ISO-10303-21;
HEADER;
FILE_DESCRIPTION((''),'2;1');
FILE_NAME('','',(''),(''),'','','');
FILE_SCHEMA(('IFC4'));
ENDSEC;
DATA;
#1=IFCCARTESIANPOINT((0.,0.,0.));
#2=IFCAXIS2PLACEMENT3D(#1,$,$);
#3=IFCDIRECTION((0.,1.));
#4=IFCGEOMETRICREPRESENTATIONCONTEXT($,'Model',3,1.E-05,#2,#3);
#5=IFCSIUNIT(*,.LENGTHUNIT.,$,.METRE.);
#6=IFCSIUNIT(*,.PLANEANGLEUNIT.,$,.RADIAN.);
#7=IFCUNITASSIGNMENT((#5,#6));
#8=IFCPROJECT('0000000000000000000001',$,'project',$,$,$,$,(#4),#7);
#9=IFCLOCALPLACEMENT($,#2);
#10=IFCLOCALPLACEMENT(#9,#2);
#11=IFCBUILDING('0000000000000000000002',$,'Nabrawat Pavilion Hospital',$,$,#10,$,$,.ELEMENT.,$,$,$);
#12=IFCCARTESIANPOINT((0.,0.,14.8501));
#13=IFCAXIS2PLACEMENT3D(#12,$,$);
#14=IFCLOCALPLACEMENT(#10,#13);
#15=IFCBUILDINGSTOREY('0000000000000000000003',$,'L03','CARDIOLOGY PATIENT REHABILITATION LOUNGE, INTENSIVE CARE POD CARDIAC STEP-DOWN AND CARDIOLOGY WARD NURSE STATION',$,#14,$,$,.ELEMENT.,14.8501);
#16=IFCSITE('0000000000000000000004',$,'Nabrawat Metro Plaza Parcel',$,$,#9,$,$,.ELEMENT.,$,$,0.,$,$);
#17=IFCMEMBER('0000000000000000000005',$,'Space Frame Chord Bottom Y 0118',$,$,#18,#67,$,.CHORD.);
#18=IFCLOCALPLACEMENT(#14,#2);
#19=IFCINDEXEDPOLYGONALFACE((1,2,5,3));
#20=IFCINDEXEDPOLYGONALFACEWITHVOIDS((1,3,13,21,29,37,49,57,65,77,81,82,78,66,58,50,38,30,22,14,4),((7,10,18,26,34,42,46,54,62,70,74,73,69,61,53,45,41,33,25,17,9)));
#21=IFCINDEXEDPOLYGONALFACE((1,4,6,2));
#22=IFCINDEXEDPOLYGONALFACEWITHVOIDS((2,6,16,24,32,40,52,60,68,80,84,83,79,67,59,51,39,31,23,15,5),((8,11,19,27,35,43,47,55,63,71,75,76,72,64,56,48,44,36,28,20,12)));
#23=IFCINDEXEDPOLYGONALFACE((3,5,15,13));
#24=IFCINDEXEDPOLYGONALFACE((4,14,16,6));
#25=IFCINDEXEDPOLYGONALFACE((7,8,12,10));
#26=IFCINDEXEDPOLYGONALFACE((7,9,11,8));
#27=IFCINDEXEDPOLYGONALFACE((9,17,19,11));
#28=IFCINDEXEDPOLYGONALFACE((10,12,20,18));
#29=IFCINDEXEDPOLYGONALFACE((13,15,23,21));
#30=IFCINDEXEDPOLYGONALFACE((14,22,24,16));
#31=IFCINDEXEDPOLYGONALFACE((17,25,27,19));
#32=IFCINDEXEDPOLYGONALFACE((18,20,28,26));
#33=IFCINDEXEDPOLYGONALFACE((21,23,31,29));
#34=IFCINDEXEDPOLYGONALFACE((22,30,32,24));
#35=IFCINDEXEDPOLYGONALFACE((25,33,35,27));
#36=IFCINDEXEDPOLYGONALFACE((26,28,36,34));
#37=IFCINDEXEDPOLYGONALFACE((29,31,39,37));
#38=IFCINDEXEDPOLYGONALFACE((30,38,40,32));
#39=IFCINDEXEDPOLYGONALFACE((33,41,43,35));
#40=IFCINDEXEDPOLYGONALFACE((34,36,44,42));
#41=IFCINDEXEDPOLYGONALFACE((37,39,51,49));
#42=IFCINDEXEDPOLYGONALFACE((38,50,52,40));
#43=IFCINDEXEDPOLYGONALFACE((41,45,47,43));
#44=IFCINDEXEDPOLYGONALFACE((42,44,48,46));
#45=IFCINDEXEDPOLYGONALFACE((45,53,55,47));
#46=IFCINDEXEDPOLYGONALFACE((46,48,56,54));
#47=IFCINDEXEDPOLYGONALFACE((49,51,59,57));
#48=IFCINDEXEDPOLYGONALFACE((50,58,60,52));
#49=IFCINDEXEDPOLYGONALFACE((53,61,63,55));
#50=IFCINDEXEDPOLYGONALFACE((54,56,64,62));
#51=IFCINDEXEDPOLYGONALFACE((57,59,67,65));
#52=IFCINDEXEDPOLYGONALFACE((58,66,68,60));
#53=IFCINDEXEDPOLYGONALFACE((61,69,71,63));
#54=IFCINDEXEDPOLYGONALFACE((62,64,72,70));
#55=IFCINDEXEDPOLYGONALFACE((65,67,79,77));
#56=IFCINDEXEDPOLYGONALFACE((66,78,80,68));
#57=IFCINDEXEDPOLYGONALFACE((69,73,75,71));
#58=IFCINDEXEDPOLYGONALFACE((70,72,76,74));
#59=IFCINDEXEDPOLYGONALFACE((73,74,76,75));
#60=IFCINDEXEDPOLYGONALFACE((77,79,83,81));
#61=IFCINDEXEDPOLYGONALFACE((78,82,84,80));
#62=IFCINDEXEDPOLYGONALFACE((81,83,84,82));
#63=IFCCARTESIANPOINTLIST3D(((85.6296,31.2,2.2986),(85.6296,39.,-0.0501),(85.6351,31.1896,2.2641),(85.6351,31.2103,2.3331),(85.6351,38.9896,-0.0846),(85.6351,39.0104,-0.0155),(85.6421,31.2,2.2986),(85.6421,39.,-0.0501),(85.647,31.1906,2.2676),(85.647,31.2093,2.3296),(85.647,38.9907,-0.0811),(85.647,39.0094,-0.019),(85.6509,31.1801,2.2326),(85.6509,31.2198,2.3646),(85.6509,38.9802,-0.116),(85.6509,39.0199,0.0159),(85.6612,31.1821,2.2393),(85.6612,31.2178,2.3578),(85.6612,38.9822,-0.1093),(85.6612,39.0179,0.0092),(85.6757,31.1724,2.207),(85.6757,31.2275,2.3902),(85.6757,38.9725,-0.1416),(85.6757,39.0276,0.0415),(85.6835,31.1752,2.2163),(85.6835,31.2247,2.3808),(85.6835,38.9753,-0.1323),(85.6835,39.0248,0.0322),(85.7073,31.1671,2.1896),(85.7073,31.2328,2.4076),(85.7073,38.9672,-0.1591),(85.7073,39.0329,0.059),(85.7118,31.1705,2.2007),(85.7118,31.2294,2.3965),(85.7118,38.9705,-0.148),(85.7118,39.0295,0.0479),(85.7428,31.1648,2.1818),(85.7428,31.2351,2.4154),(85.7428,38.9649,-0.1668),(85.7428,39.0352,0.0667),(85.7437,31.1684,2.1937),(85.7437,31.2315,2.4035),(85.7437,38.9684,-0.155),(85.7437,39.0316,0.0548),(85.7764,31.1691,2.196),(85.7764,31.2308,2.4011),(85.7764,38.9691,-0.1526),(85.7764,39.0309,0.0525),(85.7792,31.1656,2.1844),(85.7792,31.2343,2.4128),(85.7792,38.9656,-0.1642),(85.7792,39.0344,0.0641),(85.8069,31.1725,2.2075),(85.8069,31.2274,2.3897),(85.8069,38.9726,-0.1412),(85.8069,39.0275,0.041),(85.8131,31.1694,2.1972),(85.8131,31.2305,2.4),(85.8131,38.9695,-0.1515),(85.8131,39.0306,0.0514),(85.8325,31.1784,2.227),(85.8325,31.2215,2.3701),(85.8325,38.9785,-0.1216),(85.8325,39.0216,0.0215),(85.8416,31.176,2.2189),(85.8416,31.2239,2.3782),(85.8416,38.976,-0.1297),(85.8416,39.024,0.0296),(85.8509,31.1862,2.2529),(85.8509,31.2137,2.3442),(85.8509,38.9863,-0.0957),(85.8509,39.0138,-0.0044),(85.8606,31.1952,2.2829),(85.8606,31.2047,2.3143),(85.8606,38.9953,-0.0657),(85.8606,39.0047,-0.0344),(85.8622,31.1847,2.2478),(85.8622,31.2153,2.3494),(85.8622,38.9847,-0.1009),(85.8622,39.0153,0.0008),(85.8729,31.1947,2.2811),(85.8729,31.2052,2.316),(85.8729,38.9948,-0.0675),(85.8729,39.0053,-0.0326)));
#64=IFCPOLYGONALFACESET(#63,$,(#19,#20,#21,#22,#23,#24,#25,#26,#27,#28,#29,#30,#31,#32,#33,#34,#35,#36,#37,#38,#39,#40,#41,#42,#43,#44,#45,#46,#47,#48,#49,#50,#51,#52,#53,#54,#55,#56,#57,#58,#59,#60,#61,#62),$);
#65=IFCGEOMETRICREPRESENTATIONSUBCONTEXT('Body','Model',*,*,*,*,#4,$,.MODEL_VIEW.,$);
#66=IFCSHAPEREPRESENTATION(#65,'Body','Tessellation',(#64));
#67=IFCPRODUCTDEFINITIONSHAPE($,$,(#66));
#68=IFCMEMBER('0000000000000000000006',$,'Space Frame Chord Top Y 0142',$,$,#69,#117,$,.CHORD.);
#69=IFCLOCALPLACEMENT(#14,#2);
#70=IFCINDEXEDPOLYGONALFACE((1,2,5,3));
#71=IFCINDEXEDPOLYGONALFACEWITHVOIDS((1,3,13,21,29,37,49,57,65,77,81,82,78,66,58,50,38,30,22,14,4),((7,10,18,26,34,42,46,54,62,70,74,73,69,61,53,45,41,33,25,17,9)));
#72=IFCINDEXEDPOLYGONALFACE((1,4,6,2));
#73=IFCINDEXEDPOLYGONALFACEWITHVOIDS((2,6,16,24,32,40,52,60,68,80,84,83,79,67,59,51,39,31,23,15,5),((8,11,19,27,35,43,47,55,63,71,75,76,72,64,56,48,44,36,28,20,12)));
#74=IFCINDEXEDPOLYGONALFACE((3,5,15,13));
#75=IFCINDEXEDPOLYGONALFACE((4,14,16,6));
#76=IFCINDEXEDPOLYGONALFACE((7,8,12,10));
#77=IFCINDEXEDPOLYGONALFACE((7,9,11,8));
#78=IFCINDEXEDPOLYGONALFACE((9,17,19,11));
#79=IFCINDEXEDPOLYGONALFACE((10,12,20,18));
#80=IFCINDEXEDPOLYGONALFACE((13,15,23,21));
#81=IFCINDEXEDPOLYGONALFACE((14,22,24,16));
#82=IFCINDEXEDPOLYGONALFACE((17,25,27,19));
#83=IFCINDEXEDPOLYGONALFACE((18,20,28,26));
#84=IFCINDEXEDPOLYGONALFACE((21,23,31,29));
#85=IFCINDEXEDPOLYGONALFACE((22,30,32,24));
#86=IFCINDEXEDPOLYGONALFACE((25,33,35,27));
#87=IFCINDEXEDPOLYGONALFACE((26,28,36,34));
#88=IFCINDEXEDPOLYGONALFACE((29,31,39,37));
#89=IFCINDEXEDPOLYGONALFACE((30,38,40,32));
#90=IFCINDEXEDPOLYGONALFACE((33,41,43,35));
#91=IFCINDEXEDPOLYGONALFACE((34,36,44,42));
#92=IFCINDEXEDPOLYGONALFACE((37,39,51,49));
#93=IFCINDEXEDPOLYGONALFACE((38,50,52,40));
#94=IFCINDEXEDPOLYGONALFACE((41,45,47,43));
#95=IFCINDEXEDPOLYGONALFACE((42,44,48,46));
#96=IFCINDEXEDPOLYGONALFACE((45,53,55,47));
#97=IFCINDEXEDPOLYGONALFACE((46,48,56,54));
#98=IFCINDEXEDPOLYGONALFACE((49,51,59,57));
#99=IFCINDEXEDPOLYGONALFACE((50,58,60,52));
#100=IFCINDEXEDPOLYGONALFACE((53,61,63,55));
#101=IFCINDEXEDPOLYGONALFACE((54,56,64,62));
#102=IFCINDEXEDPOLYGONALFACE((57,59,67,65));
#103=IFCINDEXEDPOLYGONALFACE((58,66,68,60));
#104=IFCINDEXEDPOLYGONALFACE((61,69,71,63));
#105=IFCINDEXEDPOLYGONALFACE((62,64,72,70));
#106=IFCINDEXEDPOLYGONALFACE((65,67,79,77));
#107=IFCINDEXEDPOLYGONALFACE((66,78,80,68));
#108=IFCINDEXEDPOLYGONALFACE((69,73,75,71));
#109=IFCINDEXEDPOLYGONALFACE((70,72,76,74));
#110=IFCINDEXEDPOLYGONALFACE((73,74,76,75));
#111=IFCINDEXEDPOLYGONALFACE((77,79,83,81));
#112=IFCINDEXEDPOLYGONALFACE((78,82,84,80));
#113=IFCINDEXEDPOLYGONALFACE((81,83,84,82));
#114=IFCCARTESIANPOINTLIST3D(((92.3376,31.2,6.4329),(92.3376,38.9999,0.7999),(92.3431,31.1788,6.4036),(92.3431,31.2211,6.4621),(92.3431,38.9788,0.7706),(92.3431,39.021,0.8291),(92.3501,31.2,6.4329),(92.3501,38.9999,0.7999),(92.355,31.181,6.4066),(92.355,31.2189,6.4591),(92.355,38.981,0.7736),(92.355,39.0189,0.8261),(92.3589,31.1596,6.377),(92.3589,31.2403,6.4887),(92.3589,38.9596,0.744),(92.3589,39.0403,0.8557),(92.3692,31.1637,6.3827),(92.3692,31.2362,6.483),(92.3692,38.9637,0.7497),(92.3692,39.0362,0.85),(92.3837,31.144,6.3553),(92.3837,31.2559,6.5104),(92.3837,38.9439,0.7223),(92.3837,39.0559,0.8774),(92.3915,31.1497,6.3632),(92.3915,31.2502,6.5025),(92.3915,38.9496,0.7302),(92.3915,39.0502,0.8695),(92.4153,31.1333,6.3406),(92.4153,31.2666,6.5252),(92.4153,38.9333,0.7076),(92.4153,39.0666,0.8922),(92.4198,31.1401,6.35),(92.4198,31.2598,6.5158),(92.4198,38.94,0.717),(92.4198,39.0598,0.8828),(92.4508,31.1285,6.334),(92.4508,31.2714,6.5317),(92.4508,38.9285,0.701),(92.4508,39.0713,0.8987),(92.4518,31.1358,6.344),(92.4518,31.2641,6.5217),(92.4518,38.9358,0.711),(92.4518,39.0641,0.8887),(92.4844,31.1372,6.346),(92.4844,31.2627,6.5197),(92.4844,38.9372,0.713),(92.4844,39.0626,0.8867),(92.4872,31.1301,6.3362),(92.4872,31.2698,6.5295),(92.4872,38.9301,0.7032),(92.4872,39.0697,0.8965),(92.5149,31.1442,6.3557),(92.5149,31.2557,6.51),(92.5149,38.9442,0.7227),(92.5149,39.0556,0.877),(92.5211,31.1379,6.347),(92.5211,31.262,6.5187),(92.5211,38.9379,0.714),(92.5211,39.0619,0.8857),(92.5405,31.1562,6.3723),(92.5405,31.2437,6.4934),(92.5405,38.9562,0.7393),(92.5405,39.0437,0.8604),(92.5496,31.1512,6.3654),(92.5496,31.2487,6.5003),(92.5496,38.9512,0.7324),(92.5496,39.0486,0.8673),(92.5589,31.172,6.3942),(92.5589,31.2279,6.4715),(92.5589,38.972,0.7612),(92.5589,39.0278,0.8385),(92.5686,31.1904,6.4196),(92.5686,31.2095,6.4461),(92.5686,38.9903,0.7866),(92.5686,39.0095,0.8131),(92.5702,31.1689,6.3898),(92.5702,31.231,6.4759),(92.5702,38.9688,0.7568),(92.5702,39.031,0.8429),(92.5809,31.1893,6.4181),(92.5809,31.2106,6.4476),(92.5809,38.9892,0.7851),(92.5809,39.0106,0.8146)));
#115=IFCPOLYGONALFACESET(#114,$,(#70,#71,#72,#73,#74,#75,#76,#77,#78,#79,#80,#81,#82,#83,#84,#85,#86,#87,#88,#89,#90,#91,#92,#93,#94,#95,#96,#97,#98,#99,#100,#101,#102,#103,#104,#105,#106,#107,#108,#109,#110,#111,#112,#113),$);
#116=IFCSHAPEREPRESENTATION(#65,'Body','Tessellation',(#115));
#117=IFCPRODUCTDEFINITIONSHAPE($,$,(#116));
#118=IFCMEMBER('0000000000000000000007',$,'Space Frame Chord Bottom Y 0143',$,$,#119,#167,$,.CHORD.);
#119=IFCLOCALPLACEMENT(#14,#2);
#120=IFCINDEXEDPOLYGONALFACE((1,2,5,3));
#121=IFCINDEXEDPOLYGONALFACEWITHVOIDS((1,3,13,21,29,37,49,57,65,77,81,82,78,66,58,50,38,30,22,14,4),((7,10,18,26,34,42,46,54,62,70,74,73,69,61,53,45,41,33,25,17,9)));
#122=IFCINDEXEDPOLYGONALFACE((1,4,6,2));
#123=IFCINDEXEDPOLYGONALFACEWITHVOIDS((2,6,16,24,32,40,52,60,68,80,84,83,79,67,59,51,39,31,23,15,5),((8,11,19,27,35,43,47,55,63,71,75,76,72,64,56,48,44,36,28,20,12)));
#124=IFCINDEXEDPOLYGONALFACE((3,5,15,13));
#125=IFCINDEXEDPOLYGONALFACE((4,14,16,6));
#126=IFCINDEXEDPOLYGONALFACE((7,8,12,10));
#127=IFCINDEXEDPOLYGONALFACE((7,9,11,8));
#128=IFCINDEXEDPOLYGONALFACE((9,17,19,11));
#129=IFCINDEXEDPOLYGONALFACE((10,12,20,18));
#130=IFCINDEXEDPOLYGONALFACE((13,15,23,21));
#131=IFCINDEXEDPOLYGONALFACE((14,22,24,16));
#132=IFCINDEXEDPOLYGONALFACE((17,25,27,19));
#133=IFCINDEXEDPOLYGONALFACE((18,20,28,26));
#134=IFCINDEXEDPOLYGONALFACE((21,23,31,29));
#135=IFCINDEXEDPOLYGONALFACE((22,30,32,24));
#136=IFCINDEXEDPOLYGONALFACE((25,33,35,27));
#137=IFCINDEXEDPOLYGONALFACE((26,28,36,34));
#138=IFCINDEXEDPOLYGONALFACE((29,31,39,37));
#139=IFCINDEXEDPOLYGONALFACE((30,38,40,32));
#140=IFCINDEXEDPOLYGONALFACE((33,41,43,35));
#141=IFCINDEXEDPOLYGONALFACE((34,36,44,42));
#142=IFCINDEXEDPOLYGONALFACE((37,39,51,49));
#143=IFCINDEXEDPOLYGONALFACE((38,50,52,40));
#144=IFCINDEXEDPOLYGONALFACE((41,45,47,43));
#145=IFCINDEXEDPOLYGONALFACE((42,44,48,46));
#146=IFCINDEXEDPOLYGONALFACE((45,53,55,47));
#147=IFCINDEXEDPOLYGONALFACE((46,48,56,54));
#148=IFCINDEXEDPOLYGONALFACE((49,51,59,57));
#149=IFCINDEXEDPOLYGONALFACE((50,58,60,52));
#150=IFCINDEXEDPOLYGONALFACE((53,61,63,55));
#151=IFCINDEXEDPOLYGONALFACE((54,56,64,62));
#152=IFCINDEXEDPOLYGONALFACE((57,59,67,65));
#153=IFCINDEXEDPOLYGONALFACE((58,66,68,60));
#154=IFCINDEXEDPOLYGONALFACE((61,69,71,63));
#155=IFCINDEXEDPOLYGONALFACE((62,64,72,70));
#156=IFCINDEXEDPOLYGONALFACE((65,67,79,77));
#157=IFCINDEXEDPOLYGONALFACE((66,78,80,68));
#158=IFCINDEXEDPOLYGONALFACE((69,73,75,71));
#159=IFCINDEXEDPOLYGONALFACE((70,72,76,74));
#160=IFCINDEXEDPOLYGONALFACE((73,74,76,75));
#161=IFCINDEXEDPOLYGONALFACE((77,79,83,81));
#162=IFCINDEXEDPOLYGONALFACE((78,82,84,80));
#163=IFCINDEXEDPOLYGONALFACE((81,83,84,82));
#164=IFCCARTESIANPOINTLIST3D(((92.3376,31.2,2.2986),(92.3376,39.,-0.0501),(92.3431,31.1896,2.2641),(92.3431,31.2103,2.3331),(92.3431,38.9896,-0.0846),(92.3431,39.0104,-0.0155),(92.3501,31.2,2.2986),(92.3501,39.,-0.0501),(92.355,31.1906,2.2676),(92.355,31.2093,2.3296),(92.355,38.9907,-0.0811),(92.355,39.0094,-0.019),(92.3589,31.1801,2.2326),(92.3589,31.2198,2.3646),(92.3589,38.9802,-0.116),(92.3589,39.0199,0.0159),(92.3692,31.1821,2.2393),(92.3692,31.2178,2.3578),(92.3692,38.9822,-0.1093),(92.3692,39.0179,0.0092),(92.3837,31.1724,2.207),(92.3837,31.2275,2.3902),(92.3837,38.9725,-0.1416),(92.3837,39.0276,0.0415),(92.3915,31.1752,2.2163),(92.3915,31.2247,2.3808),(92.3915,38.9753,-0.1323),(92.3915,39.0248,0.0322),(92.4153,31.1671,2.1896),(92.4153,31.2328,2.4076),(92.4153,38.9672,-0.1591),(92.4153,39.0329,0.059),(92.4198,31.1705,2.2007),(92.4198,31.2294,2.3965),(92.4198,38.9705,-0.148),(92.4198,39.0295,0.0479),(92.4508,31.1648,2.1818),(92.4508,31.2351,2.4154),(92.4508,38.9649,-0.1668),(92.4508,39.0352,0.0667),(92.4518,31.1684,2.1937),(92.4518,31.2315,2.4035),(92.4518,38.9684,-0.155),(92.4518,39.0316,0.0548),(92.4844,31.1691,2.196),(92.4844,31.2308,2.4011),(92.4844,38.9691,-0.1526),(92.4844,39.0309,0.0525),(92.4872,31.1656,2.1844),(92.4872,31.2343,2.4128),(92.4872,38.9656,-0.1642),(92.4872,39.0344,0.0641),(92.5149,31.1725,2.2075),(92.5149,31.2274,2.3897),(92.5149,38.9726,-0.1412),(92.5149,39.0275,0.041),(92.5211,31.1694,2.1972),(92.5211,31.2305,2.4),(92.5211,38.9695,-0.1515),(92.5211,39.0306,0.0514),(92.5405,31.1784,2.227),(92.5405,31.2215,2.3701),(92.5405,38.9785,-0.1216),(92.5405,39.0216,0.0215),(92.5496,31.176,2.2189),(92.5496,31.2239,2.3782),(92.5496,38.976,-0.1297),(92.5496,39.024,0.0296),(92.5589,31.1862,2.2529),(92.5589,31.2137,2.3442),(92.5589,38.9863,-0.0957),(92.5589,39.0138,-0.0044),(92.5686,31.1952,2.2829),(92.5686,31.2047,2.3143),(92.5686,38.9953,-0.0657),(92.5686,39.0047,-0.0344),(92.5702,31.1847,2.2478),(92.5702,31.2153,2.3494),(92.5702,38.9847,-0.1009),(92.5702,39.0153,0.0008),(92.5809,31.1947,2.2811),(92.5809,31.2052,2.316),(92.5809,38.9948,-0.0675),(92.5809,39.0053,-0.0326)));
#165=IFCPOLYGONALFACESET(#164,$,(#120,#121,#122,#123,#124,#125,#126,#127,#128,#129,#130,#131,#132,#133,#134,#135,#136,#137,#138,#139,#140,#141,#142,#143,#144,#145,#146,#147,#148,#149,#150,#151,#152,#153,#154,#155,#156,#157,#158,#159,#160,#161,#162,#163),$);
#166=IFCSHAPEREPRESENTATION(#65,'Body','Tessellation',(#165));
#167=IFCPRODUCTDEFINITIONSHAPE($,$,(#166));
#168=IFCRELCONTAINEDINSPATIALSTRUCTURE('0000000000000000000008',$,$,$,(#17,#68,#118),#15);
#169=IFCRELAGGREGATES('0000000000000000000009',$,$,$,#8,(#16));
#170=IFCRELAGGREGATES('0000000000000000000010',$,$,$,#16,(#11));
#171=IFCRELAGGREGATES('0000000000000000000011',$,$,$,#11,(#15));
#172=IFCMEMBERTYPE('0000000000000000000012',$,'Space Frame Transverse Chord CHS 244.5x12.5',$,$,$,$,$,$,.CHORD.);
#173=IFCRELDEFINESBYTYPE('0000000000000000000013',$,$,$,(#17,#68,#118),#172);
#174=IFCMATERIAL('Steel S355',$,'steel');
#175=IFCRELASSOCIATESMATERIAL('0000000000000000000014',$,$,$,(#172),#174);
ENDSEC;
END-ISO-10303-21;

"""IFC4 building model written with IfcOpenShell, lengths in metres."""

from ifc_helpers import new_model, si_unit, direction, frame, origin, origin_2d, place, context, subcontext, project, spatial, hollow_circle, extrude, material, material_profile, profile_set, type_object, element, save


model = new_model("IFC4")

# Units and contexts
model_context = context("Model", 3, precision=1e-05, world=origin(), true_north=direction((0.0, 1.0)))
body_context = subcontext(model_context, "Body", "Model", "MODEL_VIEW")
ifc_project = project(units=[si_unit("LENGTHUNIT", "METRE"), si_unit("PLANEANGLEUNIT", "RADIAN")], contexts=[model_context])

# Site, building, storey
site_placement = place(None, origin())
site = spatial("IfcSite", under=ifc_project, at=site_placement, Name="Nabrawat Metro Plaza Parcel", CompositionType="ELEMENT", RefElevation=0.0)
building_placement = place(site_placement, origin())
building = spatial("IfcBuilding", under=site, at=building_placement, Name="Nabrawat Pavilion Hospital", CompositionType="ELEMENT")
storey_placement = place(building_placement, frame((0.0, 0.0, 14.8501)))
storey = spatial("IfcBuildingStorey", under=building, at=storey_placement, Name="L03", Description="CARDIOLOGY PATIENT REHABILITATION LOUNGE, INTENSIVE CARE POD CARDIAC STEP-DOWN AND CARDIOLOGY WARD NURSE STATION", CompositionType="ELEMENT", Elevation=14.8501)

# Members
ifc_material = material(Name="Steel S355", Category="steel")
ifc_material_profile_1 = material_profile(ifc_material, hollow_circle(Radius=0.1223, WallThickness=0.0125, at=origin_2d()), Name="CHS 244.5x12.5")
ifc_profile_set_1 = profile_set([ifc_material_profile_1], Name="Steel S355")
member_type_1 = type_object("IfcMemberType", Name="Space Frame Transverse Chord CHS 244.5x12.5", PredefinedType="CHORD", material=ifc_profile_set_1)
member_1_placement = place(storey_placement, frame((85.752, 31.2, 2.2986), z_axis=(0.0, 0.957535, -0.288318), x_axis=(-1.0, 0.0, 0.0)))
element("IfcMember", 1, at=member_1_placement, inside=storey, type_object=member_type_1, Name="Space Frame Chord Bottom Y 0118", PredefinedType="CHORD", context=body_context, shape_type="SweptSolid", body=[
    extrude(hollow_circle(Radius=0.1223, WallThickness=0.0125, at=origin_2d()), origin(), (0.0, 0.0, 1.0), 8.146),
])
member_2_placement = place(storey_placement, frame((92.46, 31.2, 6.4329), z_axis=(0.0, 0.810695, -0.585469), x_axis=(-1.0, 0.0, 0.0)))
element("IfcMember", 2, at=member_2_placement, inside=storey, type_object=member_type_1, Name="Space Frame Chord Top Y 0142", PredefinedType="CHORD", context=body_context, shape_type="SweptSolid", body=[
    extrude(hollow_circle(Radius=0.1223, WallThickness=0.0125, at=origin_2d()), origin(), (0.0, 0.0, 1.0), 9.6213),
])
member_3_placement = place(storey_placement, frame((92.46, 31.2, 2.2986), z_axis=(0.0, 0.957535, -0.288318), x_axis=(-1.0, 0.0, 0.0)))
element("IfcMember", 3, at=member_3_placement, inside=storey, type_object=member_type_1, Name="Space Frame Chord Bottom Y 0143", PredefinedType="CHORD", context=body_context, shape_type="SweptSolid", body=[
    extrude(hollow_circle(Radius=0.1223, WallThickness=0.0125, at=origin_2d()), origin(), (0.0, 0.0, 1.0), 8.146),
])

save(model, "model.ifc")
